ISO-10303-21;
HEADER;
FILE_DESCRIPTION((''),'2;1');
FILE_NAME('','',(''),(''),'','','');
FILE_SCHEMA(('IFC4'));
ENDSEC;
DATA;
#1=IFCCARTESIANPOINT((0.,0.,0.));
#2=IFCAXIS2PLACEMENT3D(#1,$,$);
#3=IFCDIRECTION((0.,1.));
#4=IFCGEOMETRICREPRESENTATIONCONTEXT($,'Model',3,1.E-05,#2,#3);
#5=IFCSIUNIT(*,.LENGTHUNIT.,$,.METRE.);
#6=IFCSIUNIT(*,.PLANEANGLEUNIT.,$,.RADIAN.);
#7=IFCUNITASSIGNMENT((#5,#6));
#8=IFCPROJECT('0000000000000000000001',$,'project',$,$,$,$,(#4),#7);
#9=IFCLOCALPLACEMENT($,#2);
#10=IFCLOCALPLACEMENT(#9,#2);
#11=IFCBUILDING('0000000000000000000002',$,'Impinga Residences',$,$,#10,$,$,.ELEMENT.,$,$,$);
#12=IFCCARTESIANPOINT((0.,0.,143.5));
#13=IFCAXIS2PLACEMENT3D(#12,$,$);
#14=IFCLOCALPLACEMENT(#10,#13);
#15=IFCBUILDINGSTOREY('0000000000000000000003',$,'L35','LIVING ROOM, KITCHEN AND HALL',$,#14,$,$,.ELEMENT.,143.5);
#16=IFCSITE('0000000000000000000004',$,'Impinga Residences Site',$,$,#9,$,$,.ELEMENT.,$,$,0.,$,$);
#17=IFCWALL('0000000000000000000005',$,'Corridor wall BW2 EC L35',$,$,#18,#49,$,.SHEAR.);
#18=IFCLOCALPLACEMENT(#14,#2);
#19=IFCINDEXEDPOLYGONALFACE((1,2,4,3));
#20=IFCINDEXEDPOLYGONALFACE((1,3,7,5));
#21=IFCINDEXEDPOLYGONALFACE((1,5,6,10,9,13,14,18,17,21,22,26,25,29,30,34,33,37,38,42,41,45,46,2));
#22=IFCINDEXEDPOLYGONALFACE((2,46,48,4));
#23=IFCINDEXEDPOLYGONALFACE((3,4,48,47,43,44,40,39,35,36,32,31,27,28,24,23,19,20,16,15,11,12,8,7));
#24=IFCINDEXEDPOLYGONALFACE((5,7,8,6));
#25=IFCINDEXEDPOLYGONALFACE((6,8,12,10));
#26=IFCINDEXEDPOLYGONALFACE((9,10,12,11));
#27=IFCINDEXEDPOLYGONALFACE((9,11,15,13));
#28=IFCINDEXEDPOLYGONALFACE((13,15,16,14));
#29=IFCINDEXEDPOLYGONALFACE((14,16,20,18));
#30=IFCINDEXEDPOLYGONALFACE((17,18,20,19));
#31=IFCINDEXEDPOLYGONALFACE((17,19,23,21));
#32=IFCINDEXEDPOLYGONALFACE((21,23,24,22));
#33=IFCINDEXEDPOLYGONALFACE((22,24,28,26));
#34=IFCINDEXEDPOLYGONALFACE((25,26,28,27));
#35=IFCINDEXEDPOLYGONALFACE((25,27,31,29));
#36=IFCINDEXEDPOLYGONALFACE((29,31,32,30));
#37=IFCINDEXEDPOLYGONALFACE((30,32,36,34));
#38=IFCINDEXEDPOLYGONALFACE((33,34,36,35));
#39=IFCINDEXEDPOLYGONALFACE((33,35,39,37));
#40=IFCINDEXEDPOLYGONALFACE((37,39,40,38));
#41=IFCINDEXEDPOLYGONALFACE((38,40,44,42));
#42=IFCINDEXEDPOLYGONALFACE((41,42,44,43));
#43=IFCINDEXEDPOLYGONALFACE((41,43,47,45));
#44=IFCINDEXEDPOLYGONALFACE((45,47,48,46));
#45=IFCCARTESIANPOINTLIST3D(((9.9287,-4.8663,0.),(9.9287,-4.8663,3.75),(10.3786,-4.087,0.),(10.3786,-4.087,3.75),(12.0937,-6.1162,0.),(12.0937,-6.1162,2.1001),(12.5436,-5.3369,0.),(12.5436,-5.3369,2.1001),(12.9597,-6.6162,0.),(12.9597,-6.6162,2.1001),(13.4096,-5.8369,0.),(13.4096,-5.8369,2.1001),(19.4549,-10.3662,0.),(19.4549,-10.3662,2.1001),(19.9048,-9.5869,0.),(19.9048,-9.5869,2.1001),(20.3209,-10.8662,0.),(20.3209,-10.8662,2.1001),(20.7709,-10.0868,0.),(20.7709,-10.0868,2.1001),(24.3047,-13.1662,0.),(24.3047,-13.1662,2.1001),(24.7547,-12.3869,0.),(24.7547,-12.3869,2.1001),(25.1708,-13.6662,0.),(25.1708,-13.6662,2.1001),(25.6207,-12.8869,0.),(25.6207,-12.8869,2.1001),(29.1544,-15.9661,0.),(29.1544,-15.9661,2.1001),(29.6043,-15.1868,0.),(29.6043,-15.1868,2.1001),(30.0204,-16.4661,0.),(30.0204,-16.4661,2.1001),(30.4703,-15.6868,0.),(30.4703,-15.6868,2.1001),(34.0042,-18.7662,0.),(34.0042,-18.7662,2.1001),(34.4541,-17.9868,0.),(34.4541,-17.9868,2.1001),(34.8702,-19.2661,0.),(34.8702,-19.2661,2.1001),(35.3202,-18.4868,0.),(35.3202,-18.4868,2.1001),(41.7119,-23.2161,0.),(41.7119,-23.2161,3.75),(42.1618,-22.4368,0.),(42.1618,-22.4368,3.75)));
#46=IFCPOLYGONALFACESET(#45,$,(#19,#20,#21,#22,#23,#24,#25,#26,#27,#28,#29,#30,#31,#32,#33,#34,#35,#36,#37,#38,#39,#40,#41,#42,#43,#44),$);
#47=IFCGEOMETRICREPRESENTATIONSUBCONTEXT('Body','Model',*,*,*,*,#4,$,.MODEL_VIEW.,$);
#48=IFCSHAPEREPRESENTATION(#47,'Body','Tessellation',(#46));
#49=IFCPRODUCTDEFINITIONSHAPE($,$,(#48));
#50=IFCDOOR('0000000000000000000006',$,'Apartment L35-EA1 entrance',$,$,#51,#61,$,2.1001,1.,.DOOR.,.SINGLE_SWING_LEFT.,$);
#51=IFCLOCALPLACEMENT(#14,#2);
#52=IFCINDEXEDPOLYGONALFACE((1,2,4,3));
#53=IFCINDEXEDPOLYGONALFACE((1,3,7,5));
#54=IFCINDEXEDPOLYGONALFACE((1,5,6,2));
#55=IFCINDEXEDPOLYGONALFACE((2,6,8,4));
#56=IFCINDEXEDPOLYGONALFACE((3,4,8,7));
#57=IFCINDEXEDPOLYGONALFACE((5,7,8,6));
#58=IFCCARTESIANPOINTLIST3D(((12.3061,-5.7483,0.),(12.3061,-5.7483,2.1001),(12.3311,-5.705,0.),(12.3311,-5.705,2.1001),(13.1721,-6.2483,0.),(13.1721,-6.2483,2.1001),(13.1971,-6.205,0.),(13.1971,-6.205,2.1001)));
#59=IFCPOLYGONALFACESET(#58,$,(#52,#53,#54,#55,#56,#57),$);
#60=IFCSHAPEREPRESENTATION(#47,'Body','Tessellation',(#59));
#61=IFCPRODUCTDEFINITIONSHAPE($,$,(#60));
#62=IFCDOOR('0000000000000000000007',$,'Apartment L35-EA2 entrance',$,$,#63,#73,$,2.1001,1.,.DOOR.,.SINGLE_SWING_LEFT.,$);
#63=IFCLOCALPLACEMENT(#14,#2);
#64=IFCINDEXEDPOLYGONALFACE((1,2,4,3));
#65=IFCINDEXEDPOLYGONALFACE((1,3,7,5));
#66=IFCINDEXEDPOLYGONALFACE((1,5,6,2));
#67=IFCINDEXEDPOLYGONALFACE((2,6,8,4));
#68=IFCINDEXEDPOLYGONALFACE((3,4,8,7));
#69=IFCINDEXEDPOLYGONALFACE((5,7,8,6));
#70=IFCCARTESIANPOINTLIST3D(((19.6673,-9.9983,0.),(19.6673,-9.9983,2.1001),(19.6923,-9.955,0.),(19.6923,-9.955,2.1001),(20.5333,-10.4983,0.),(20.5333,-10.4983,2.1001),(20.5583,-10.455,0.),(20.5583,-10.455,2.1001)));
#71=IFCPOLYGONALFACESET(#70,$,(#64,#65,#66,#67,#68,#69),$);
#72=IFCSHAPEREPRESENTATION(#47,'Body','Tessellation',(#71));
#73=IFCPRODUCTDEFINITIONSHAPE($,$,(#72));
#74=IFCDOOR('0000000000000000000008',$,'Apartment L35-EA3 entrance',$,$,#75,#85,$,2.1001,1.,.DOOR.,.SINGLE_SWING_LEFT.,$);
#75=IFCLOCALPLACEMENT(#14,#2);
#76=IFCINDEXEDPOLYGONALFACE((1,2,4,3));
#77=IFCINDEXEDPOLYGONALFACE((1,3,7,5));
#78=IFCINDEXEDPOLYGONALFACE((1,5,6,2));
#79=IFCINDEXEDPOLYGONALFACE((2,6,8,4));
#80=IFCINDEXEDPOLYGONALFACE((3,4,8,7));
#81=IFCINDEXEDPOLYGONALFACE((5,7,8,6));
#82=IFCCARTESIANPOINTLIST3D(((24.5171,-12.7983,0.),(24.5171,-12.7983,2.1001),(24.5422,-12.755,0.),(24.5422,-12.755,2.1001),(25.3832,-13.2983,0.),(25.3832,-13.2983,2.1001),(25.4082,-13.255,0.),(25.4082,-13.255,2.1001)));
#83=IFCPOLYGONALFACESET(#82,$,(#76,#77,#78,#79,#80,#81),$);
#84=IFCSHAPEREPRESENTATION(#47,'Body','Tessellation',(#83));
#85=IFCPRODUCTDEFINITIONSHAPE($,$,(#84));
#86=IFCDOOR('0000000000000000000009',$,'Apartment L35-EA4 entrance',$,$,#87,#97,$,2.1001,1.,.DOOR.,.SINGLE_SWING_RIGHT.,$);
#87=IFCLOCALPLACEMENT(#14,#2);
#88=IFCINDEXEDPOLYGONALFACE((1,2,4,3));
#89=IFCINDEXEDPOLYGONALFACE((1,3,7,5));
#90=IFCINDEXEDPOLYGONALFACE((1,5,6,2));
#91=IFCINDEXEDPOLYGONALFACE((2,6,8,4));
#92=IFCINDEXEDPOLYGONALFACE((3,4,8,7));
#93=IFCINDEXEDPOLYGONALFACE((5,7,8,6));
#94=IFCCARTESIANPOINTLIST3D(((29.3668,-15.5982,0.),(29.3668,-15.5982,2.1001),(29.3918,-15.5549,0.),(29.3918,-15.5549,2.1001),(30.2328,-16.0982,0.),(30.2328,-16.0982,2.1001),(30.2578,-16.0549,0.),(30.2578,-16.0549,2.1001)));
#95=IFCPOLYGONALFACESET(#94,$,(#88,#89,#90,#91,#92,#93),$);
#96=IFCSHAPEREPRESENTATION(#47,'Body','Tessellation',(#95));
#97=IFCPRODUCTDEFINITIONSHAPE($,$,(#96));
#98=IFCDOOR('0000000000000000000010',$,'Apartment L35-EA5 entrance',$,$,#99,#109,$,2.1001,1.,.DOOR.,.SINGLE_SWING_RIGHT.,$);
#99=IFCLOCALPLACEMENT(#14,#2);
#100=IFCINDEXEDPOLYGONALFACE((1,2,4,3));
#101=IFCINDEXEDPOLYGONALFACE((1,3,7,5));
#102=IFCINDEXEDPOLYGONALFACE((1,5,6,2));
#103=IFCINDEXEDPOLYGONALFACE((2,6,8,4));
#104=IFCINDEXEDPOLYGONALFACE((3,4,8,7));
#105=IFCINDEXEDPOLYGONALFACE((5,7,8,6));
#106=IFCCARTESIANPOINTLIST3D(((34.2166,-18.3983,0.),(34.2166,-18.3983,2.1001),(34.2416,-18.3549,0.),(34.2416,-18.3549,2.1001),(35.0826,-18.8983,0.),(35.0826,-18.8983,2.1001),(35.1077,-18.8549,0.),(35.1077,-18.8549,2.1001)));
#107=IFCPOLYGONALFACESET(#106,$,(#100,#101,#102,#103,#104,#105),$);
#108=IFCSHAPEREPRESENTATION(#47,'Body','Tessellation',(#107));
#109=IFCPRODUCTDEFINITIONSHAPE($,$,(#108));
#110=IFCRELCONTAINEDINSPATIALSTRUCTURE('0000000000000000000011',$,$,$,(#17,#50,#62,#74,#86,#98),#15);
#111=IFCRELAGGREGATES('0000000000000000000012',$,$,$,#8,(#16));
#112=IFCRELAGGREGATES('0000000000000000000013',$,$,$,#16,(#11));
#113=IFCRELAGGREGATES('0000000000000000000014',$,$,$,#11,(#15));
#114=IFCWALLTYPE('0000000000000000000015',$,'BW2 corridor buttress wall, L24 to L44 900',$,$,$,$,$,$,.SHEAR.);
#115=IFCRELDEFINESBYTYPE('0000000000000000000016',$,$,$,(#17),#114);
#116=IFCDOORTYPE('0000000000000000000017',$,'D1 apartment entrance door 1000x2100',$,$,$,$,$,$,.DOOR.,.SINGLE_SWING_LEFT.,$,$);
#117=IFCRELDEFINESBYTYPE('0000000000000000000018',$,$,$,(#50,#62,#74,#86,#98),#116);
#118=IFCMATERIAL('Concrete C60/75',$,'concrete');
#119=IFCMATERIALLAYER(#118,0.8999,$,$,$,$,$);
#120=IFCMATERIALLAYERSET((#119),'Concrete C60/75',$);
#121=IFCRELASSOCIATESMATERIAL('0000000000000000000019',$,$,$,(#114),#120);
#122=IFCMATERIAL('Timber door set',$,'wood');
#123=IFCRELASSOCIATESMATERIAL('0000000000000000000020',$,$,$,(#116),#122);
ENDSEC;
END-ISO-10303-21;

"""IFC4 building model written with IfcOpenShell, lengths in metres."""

from ifc_helpers import new_model, si_unit, direction, frame, frame_2d, origin, place, context, subcontext, project, spatial, rectangle, extrude, material, layer, layer_set, type_object, element, fill, save


model = new_model("IFC4")

# Units and contexts
model_context = context("Model", 3, precision=1e-05, world=origin(), true_north=direction((0.0, 1.0)))
body_context = subcontext(model_context, "Body", "Model", "MODEL_VIEW")
ifc_project = project(units=[si_unit("LENGTHUNIT", "METRE"), si_unit("PLANEANGLEUNIT", "RADIAN")], contexts=[model_context])

# Site, building, storey
site_placement = place(None, origin())
site = spatial("IfcSite", under=ifc_project, at=site_placement, Name="Impinga Residences Site", CompositionType="ELEMENT", RefElevation=0.0)
building_placement = place(site_placement, origin())
building = spatial("IfcBuilding", under=site, at=building_placement, Name="Impinga Residences", CompositionType="ELEMENT")
storey_placement = place(building_placement, frame((0.0, 0.0, 143.5)))
storey = spatial("IfcBuildingStorey", under=building, at=storey_placement, Name="L35", Description="LIVING ROOM, KITCHEN AND HALL", CompositionType="ELEMENT", Elevation=143.5)

# Wall, openings, doors
ifc_material_1 = material(Name="Concrete C60/75", Category="concrete")
ifc_layer_1 = layer(ifc_material_1, 0.8999)
ifc_layer_set_1 = layer_set([ifc_layer_1], Name="Concrete C60/75")
wall_type_1 = type_object("IfcWallType", Name="BW2 corridor buttress wall, L24 to L44 900", PredefinedType="SHEAR", material=ifc_layer_set_1)
wall_1_placement = place(storey_placement, frame((10.1536, -4.4766, 0.0), z_axis=(0.0, 0.0, 1.0), x_axis=(0.866028, -0.499996, 0.0)))
wall_1 = element("IfcWall", 1, at=wall_1_placement, inside=storey, type_object=wall_type_1, Name="Corridor wall BW2 EC L35", PredefinedType="SHEAR", context=body_context, shape_type="SweptSolid", body=[
    extrude(rectangle(XDim=36.7, YDim=0.8999, at=frame_2d((18.3501, 0.0))), origin(), (0.0, 0.0, 1.0), 3.75),
])
opening_1_placement = place(wall_1_placement, frame((2.5, 0.0, 0.0)))
opening_1 = element("IfcOpeningElement", 2, at=opening_1_placement, cuts=wall_1, PredefinedType="OPENING", context=body_context, shape_type="SweptSolid", body=[
    extrude(rectangle(XDim=1.0, YDim=2.1001, at=frame_2d((0.5, 1.05))), frame((0.0, 0.46, 0.0), z_axis=(0.0, -1.0, 0.0), x_axis=(1.0, 0.0, 0.0)), (0.0, 0.0, 1.0), 0.9199),
])
opening_2_placement = place(wall_1_placement, frame((11.0, 0.0, 0.0)))
opening_2 = element("IfcOpeningElement", 3, at=opening_2_placement, cuts=wall_1, PredefinedType="OPENING", context=body_context, shape_type="SweptSolid", body=[
    extrude(rectangle(XDim=1.0, YDim=2.1001, at=frame_2d((0.5, 1.05))), frame((0.0, 0.46, 0.0), z_axis=(0.0, -1.0, 0.0), x_axis=(1.0, 0.0, 0.0)), (0.0, 0.0, 1.0), 0.9199),
])
opening_3_placement = place(wall_1_placement, frame((16.6001, 0.0, 0.0)))
opening_3 = element("IfcOpeningElement", 4, at=opening_3_placement, cuts=wall_1, PredefinedType="OPENING", context=body_context, shape_type="SweptSolid", body=[
    extrude(rectangle(XDim=1.0, YDim=2.1001, at=frame_2d((0.5, 1.05))), frame((0.0, 0.46, 0.0), z_axis=(0.0, -1.0, 0.0), x_axis=(1.0, 0.0, 0.0)), (0.0, 0.0, 1.0), 0.9199),
])
opening_4_placement = place(wall_1_placement, frame((22.2, 0.0, 0.0)))
opening_4 = element("IfcOpeningElement", 5, at=opening_4_placement, cuts=wall_1, PredefinedType="OPENING", context=body_context, shape_type="SweptSolid", body=[
    extrude(rectangle(XDim=1.0, YDim=2.1001, at=frame_2d((0.5, 1.05))), frame((0.0, 0.46, 0.0), z_axis=(0.0, -1.0, 0.0), x_axis=(1.0, 0.0, 0.0)), (0.0, 0.0, 1.0), 0.9199),
])
opening_5_placement = place(wall_1_placement, frame((27.8, 0.0, 0.0)))
opening_5 = element("IfcOpeningElement", 6, at=opening_5_placement, cuts=wall_1, PredefinedType="OPENING", context=body_context, shape_type="SweptSolid", body=[
    extrude(rectangle(XDim=1.0, YDim=2.1001, at=frame_2d((0.5, 1.05))), frame((0.0, 0.46, 0.0), z_axis=(0.0, -1.0, 0.0), x_axis=(1.0, 0.0, 0.0)), (0.0, 0.0, 1.0), 0.9199),
])
ifc_material_2 = material(Name="Timber door set", Category="wood")
door_type_1 = type_object("IfcDoorType", Name="D1 apartment entrance door 1000x2100", OperationType="SINGLE_SWING_LEFT", PredefinedType="DOOR", material=ifc_material_2)
door_1_placement = place(opening_1_placement, origin())
door_1 = element("IfcDoor", 7, at=door_1_placement, inside=storey, type_object=door_type_1, Name="Apartment L35-EA1 entrance", OperationType="SINGLE_SWING_LEFT", OverallHeight=2.1001, OverallWidth=1.0, PredefinedType="DOOR", context=body_context, shape_type="SweptSolid", body=[
    extrude(rectangle(XDim=1.0, YDim=2.1001, at=frame_2d((0.5, 1.05))), frame((0.0, 0.0249, 0.0), z_axis=(0.0, -1.0, 0.0), x_axis=(1.0, 0.0, 0.0)), (0.0, 0.0, 1.0), 0.05),
])
fill(opening_1, door_1)
door_2_placement = place(opening_2_placement, origin())
door_2 = element("IfcDoor", 8, at=door_2_placement, inside=storey, type_object=door_type_1, Name="Apartment L35-EA2 entrance", OperationType="SINGLE_SWING_LEFT", OverallHeight=2.1001, OverallWidth=1.0, PredefinedType="DOOR", context=body_context, shape_type="SweptSolid", body=[
    extrude(rectangle(XDim=1.0, YDim=2.1001, at=frame_2d((0.5, 1.05))), frame((0.0, 0.0249, 0.0), z_axis=(0.0, -1.0, 0.0), x_axis=(1.0, 0.0, 0.0)), (0.0, 0.0, 1.0), 0.05),
])
fill(opening_2, door_2)
door_3_placement = place(opening_3_placement, origin())
door_3 = element("IfcDoor", 9, at=door_3_placement, inside=storey, type_object=door_type_1, Name="Apartment L35-EA3 entrance", OperationType="SINGLE_SWING_LEFT", OverallHeight=2.1001, OverallWidth=1.0, PredefinedType="DOOR", context=body_context, shape_type="SweptSolid", body=[
    extrude(rectangle(XDim=1.0, YDim=2.1001, at=frame_2d((0.5, 1.05))), frame((0.0, 0.0249, 0.0), z_axis=(0.0, -1.0, 0.0), x_axis=(1.0, 0.0, 0.0)), (0.0, 0.0, 1.0), 0.05),
])
fill(opening_3, door_3)
door_4_placement = place(opening_4_placement, origin())
door_4 = element("IfcDoor", 10, at=door_4_placement, inside=storey, type_object=door_type_1, Name="Apartment L35-EA4 entrance", OperationType="SINGLE_SWING_RIGHT", OverallHeight=2.1001, OverallWidth=1.0, PredefinedType="DOOR", context=body_context, shape_type="SweptSolid", body=[
    extrude(rectangle(XDim=1.0, YDim=2.1001, at=frame_2d((0.5, 1.05))), frame((0.0, 0.0249, 0.0), z_axis=(0.0, -1.0, 0.0), x_axis=(1.0, 0.0, 0.0)), (0.0, 0.0, 1.0), 0.05),
])
fill(opening_4, door_4)
door_5_placement = place(opening_5_placement, origin())
door_5 = element("IfcDoor", 11, at=door_5_placement, inside=storey, type_object=door_type_1, Name="Apartment L35-EA5 entrance", OperationType="SINGLE_SWING_RIGHT", OverallHeight=2.1001, OverallWidth=1.0, PredefinedType="DOOR", context=body_context, shape_type="SweptSolid", body=[
    extrude(rectangle(XDim=1.0, YDim=2.1001, at=frame_2d((0.5, 1.05))), frame((0.0, 0.0249, 0.0), z_axis=(0.0, -1.0, 0.0), x_axis=(1.0, 0.0, 0.0)), (0.0, 0.0, 1.0), 0.05),
])
fill(opening_5, door_5)

save(model, "model.ifc")
